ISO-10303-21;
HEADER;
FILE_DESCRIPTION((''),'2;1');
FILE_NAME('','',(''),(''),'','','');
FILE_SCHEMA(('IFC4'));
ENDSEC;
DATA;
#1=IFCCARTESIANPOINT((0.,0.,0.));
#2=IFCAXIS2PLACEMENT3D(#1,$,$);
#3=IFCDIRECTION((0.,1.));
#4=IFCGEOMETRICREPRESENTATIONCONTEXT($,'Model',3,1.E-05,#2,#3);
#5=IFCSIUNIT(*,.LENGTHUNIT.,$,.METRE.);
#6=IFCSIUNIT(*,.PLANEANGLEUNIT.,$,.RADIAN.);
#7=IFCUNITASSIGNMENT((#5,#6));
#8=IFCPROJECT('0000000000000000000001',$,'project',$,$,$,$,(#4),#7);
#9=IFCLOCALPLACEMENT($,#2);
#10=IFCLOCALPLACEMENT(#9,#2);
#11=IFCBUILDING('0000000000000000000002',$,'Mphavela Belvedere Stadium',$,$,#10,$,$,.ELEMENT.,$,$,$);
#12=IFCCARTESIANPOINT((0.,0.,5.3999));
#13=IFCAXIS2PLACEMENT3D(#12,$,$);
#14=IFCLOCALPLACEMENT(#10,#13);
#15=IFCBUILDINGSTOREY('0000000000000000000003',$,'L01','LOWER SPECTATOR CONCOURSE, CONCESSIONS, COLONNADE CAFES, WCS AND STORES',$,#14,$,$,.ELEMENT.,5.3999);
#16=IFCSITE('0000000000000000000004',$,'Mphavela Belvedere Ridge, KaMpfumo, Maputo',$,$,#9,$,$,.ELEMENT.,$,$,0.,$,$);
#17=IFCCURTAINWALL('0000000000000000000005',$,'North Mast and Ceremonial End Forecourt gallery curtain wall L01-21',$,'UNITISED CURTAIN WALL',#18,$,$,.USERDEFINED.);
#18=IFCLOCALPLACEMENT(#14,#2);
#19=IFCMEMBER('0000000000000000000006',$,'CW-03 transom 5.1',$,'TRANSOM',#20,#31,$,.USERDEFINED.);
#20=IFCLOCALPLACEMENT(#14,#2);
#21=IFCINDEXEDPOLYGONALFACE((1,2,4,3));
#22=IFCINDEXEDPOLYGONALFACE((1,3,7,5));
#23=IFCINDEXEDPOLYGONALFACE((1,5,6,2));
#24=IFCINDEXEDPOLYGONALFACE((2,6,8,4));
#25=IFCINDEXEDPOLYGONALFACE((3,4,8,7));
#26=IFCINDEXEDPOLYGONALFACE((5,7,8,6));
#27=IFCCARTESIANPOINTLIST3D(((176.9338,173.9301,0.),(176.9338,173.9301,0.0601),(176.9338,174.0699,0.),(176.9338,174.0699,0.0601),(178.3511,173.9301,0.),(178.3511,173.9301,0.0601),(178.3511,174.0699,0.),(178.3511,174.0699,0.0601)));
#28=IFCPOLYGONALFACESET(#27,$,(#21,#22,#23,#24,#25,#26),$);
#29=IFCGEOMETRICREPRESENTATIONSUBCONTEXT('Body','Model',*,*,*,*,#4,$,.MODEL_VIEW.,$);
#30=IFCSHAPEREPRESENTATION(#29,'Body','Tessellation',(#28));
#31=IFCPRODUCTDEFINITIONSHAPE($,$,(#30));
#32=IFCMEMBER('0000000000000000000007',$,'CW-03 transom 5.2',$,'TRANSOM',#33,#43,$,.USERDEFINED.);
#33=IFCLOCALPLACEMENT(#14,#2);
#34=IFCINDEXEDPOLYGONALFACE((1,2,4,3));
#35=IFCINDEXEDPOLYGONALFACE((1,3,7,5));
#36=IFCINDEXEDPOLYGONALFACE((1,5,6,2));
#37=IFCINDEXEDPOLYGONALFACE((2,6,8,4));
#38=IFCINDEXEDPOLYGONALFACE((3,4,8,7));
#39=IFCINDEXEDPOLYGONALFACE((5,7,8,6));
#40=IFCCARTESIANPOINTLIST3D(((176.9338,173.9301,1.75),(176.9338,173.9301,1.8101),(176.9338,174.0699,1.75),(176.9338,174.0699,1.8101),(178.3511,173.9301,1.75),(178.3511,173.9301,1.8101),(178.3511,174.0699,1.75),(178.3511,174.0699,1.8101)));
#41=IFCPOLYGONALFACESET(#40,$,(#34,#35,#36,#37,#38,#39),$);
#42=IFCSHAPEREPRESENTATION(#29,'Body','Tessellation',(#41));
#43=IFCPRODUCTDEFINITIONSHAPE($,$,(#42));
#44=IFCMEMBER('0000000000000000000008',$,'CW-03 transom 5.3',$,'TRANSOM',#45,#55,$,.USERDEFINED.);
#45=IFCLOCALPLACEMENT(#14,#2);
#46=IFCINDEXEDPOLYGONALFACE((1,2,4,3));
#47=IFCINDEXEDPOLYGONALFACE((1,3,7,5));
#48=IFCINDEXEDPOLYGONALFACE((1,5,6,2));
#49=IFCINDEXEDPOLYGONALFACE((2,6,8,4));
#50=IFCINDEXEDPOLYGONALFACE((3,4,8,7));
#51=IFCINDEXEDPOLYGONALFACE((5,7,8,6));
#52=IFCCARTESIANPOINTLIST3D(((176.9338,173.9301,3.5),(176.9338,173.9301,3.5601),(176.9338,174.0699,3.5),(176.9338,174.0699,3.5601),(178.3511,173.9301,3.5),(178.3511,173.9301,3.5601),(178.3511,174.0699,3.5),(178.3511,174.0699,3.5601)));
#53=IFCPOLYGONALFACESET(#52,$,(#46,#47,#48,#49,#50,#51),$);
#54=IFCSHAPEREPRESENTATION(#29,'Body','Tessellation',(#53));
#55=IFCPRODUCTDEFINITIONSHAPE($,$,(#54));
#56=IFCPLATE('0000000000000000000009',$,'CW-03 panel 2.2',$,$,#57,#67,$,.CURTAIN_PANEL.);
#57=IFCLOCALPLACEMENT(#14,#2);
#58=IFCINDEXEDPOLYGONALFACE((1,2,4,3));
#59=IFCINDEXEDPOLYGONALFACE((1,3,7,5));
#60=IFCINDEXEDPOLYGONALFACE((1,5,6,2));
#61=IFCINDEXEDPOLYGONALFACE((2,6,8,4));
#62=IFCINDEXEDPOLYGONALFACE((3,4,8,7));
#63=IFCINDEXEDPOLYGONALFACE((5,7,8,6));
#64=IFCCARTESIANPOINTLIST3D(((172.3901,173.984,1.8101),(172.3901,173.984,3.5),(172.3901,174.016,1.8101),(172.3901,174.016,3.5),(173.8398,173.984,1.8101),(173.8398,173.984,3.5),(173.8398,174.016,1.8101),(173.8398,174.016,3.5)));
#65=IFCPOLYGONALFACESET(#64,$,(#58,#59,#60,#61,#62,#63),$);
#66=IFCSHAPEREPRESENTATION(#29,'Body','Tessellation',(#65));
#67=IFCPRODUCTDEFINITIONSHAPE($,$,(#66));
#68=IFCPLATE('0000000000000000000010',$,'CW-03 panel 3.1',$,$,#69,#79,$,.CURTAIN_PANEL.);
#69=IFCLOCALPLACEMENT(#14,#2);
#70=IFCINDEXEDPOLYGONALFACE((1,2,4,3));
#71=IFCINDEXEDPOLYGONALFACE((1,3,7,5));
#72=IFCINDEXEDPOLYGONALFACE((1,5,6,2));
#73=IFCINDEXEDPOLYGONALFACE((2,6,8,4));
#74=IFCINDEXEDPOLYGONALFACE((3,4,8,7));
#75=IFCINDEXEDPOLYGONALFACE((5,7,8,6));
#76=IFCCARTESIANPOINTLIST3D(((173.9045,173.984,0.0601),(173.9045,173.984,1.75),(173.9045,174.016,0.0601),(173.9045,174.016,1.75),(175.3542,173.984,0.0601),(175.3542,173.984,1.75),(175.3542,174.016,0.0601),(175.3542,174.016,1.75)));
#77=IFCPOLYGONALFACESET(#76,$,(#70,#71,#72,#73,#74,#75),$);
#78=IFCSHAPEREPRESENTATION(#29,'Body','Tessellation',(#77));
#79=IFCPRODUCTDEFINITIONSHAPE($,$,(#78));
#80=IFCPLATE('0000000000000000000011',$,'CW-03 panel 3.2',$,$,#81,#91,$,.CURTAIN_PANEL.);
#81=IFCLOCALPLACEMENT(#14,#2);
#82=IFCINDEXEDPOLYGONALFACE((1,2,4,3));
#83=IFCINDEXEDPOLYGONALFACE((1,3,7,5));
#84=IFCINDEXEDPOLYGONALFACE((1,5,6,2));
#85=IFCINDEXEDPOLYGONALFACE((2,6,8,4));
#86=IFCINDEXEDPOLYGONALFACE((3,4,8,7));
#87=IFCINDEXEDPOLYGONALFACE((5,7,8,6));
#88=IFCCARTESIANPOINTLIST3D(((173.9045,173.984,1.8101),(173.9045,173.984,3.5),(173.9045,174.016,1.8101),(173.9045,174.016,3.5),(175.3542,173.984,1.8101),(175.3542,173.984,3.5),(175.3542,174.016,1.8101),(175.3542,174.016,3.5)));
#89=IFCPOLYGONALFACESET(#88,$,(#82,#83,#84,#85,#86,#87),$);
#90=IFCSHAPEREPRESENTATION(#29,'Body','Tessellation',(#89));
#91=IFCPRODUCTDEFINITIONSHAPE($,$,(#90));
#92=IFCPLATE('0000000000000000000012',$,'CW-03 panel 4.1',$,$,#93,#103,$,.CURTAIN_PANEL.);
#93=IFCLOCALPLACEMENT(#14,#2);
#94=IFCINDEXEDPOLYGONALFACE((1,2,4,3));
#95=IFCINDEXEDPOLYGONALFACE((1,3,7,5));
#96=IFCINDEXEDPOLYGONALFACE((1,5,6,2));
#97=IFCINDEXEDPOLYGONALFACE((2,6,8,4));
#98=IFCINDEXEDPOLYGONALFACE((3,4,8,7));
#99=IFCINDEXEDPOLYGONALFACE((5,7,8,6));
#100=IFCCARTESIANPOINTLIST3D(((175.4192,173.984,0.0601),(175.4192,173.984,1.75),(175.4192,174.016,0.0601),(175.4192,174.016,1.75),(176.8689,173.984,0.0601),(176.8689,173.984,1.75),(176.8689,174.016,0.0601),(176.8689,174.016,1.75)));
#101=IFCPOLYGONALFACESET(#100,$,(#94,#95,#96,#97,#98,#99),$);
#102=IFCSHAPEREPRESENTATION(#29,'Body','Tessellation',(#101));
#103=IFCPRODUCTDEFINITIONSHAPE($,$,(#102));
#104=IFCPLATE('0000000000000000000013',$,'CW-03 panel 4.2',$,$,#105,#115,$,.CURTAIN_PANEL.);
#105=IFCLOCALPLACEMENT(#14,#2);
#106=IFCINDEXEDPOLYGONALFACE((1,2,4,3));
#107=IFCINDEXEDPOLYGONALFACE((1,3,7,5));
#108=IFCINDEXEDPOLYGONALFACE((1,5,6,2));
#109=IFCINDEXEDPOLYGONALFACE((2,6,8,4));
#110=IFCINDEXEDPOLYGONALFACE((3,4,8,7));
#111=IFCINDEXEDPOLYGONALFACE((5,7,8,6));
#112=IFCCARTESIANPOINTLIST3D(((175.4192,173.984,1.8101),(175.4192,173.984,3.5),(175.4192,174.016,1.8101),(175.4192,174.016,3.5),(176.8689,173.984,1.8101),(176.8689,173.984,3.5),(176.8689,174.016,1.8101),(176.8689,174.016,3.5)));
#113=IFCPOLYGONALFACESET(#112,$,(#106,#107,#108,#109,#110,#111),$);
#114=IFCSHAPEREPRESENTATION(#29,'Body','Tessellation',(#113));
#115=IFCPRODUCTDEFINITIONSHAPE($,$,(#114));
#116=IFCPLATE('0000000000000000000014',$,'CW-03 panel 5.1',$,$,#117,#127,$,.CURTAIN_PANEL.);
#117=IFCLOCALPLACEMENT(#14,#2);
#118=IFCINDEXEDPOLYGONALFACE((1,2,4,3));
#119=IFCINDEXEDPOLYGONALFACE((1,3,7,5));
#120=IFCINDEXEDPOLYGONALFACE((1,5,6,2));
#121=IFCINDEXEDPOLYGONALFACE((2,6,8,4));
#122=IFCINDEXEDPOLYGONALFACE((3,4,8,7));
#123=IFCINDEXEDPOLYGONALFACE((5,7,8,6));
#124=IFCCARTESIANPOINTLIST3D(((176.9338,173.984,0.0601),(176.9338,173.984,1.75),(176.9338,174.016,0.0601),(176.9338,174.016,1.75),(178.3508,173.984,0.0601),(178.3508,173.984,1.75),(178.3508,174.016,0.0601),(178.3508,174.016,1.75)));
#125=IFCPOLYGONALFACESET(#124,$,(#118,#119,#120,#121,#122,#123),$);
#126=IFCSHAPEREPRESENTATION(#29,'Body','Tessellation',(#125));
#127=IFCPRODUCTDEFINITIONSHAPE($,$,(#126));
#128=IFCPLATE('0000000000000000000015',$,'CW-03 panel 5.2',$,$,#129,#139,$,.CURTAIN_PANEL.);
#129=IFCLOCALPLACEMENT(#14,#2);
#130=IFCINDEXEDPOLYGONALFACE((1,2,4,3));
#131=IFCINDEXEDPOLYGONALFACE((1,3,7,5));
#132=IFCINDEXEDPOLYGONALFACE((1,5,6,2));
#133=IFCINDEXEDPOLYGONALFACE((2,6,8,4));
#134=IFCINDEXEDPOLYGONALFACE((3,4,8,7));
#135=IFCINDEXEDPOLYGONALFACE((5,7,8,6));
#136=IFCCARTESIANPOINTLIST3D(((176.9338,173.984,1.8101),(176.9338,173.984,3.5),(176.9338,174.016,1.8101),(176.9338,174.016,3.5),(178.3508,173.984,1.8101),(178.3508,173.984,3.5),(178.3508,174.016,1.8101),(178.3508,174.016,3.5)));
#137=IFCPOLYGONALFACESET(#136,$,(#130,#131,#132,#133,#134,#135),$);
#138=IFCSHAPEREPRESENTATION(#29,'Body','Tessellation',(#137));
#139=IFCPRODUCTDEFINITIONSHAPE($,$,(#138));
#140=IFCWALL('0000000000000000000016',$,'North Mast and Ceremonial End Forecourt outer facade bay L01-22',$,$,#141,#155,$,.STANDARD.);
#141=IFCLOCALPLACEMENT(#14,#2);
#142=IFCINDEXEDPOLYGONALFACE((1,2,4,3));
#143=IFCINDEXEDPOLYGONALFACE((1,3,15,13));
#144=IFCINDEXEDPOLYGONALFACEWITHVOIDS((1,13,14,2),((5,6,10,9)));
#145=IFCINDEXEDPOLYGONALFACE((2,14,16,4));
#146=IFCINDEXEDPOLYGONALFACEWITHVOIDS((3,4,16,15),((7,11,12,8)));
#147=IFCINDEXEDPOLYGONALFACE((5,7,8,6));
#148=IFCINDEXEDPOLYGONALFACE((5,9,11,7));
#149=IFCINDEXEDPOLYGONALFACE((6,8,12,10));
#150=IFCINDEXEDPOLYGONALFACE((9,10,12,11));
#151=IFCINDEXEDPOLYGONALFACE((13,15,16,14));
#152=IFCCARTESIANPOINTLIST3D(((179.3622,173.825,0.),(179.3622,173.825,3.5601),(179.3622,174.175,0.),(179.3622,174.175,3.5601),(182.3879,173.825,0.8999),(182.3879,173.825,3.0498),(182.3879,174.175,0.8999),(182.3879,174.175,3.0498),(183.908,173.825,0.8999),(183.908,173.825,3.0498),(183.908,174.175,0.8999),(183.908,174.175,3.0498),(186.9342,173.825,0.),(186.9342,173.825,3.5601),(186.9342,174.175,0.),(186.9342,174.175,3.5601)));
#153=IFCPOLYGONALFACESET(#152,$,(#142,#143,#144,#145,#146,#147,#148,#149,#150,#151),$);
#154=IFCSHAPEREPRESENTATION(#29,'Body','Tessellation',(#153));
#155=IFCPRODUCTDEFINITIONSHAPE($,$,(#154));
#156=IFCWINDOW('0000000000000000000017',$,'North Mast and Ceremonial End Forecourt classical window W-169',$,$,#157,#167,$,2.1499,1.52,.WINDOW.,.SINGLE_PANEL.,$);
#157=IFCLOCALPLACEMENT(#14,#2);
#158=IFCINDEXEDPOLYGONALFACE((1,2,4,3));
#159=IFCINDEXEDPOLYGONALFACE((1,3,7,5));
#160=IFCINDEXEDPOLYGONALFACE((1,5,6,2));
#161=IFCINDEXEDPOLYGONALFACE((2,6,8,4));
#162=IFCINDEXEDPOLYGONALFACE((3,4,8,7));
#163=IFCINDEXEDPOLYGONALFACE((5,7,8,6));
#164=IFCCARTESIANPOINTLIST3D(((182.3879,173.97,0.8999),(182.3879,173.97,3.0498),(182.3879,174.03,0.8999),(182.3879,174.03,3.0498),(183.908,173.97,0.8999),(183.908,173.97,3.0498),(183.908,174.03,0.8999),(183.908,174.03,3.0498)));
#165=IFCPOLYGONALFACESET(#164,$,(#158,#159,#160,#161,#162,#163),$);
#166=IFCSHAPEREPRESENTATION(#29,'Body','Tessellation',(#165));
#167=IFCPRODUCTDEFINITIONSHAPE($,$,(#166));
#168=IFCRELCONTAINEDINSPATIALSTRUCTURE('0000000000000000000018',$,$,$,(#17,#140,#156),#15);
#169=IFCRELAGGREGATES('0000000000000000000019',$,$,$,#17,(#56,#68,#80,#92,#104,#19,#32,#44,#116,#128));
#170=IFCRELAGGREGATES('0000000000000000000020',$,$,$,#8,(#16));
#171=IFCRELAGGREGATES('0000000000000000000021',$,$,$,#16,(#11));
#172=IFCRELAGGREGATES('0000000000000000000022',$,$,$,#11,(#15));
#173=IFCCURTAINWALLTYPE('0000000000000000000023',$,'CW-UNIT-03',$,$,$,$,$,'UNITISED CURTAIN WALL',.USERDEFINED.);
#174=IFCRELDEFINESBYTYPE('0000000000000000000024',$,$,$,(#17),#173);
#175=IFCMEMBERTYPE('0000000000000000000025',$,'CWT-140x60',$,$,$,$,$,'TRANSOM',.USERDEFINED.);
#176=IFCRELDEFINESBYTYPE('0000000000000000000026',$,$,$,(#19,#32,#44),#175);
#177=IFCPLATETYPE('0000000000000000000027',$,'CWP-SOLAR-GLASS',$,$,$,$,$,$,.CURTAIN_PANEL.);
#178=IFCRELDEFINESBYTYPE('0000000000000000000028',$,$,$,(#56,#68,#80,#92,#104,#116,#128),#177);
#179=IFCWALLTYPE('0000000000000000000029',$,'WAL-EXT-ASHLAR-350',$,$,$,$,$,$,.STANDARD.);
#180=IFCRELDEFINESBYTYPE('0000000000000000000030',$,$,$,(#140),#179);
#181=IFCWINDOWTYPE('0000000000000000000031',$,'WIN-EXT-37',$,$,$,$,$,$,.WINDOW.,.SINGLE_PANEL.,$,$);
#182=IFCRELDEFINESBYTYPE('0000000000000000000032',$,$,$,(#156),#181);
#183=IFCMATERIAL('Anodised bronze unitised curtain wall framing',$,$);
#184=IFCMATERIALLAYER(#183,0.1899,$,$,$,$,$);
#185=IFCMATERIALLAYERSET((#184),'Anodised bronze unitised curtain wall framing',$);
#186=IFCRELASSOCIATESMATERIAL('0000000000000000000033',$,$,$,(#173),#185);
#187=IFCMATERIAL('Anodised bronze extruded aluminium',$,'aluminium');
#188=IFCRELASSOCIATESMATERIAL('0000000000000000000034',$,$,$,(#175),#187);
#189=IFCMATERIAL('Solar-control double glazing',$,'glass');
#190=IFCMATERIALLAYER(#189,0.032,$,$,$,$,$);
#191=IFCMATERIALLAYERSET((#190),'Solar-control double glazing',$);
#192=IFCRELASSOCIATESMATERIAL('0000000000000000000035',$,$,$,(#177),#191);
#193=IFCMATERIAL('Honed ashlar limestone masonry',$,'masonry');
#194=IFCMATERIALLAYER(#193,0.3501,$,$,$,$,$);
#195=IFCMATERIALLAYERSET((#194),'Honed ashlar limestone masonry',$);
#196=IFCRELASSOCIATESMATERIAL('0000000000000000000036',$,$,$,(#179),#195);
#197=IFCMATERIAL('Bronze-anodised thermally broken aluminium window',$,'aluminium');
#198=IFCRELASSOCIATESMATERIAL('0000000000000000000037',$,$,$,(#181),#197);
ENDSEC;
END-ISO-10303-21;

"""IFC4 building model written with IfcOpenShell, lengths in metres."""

from ifc_helpers import new_model, si_unit, direction, frame, frame_2d, origin, origin_2d, place, context, subcontext, project, spatial, rectangle, extrude, material, layer, layer_set, material_profile, profile_set, type_object, element, fill, aggregate, save


model = new_model("IFC4")

# Units and contexts
model_context = context("Model", 3, precision=1e-05, world=origin(), true_north=direction((0.0, 1.0)))
body_context = subcontext(model_context, "Body", "Model", "MODEL_VIEW")
ifc_project = project(units=[si_unit("LENGTHUNIT", "METRE"), si_unit("PLANEANGLEUNIT", "RADIAN")], contexts=[model_context])

# Site, building, storey
site_placement = place(None, origin())
site = spatial("IfcSite", under=ifc_project, at=site_placement, Name="Mphavela Belvedere Ridge, KaMpfumo, Maputo", CompositionType="ELEMENT", RefElevation=0.0)
building_placement = place(site_placement, origin())
building = spatial("IfcBuilding", under=site, at=building_placement, Name="Mphavela Belvedere Stadium", CompositionType="ELEMENT")
storey_placement = place(building_placement, frame((0.0, 0.0, 5.3999)))
storey = spatial("IfcBuildingStorey", under=building, at=storey_placement, Name="L01", Description="LOWER SPECTATOR CONCOURSE, CONCESSIONS, COLONNADE CAFES, WCS AND STORES", CompositionType="ELEMENT", Elevation=5.3999)

# Curtain wall, members, plates
ifc_material_1 = material(Name="Anodised bronze unitised curtain wall framing")
ifc_layer_1 = layer(ifc_material_1, 0.1899)
ifc_layer_set_1 = layer_set([ifc_layer_1], Name="Anodised bronze unitised curtain wall framing")
curtain_wall_type = type_object("IfcCurtainWallType", Name="CW-UNIT-03", ElementType="UNITISED CURTAIN WALL", PredefinedType="USERDEFINED", material=ifc_layer_set_1)
curtain_wall_placement = place(storey_placement, origin())
curtain_wall = element("IfcCurtainWall", 1, at=curtain_wall_placement, inside=storey, type_object=curtain_wall_type, Name="North Mast and Ceremonial End Forecourt gallery curtain wall L01-21", ObjectType="UNITISED CURTAIN WALL", PredefinedType="USERDEFINED")
ifc_material_2 = material(Name="Anodised bronze extruded aluminium", Category="aluminium")
ifc_material_profile_1 = material_profile(ifc_material_2, rectangle(XDim=0.1399, YDim=0.0601, at=origin_2d()), Name="CW-TRN 140x60")
ifc_profile_set_1 = profile_set([ifc_material_profile_1], Name="Anodised bronze extruded aluminium")
member_type_1 = type_object("IfcMemberType", Name="CWT-140x60", ElementType="TRANSOM", PredefinedType="USERDEFINED", material=ifc_profile_set_1)
member_1_placement = place(storey_placement, frame((176.9338, 174.0, 0.03), z_axis=(1.0, 0.0, 0.0), x_axis=(0.0, 1.0, 0.0)))
member_1 = element("IfcMember", 2, at=member_1_placement, type_object=member_type_1, Name="CW-03 transom 5.1", ObjectType="TRANSOM", PredefinedType="USERDEFINED", context=body_context, shape_type="SweptSolid", body=[
    extrude(rectangle(XDim=0.1399, YDim=0.0601, at=origin_2d()), origin(), (0.0, 0.0, 1.0), 1.4172),
])
member_2_placement = place(storey_placement, frame((176.9338, 174.0, 1.78), z_axis=(1.0, 0.0, 0.0), x_axis=(0.0, 1.0, 0.0)))
member_2 = element("IfcMember", 3, at=member_2_placement, type_object=member_type_1, Name="CW-03 transom 5.2", ObjectType="TRANSOM", PredefinedType="USERDEFINED", context=body_context, shape_type="SweptSolid", body=[
    extrude(rectangle(XDim=0.1399, YDim=0.0601, at=origin_2d()), origin(), (0.0, 0.0, 1.0), 1.4172),
])
member_3_placement = place(storey_placement, frame((176.9338, 174.0, 3.53), z_axis=(1.0, 0.0, 0.0), x_axis=(0.0, 1.0, 0.0)))
member_3 = element("IfcMember", 4, at=member_3_placement, type_object=member_type_1, Name="CW-03 transom 5.3", ObjectType="TRANSOM", PredefinedType="USERDEFINED", context=body_context, shape_type="SweptSolid", body=[
    extrude(rectangle(XDim=0.1399, YDim=0.0601, at=origin_2d()), origin(), (0.0, 0.0, 1.0), 1.4172),
])
ifc_material_3 = material(Name="Solar-control double glazing", Category="glass")
ifc_layer_2 = layer(ifc_material_3, 0.032)
ifc_layer_set_2 = layer_set([ifc_layer_2], Name="Solar-control double glazing")
plate_type = type_object("IfcPlateType", Name="CWP-SOLAR-GLASS", PredefinedType="CURTAIN_PANEL", material=ifc_layer_set_2)
plate_1_placement = place(storey_placement, frame((173.115, 174.0, 1.8101), z_axis=(0.0, 0.0, 1.0), x_axis=(1.0, 0.0, 0.0)))
plate_1 = element("IfcPlate", 5, at=plate_1_placement, type_object=plate_type, Name="CW-03 panel 2.2", PredefinedType="CURTAIN_PANEL", context=body_context, shape_type="SweptSolid", body=[
    extrude(rectangle(XDim=1.4497, YDim=0.032, at=origin_2d()), origin(), (0.0, 0.0, 1.0), 1.6899),
])
plate_2_placement = place(storey_placement, frame((174.6294, 174.0, 0.0601), z_axis=(0.0, 0.0, 1.0), x_axis=(1.0, 0.0, 0.0)))
plate_2 = element("IfcPlate", 6, at=plate_2_placement, type_object=plate_type, Name="CW-03 panel 3.1", PredefinedType="CURTAIN_PANEL", context=body_context, shape_type="SweptSolid", body=[
    extrude(rectangle(XDim=1.4497, YDim=0.032, at=origin_2d()), origin(), (0.0, 0.0, 1.0), 1.6899),
])
plate_3_placement = place(storey_placement, frame((174.6294, 174.0, 1.8101), z_axis=(0.0, 0.0, 1.0), x_axis=(1.0, 0.0, 0.0)))
plate_3 = element("IfcPlate", 7, at=plate_3_placement, type_object=plate_type, Name="CW-03 panel 3.2", PredefinedType="CURTAIN_PANEL", context=body_context, shape_type="SweptSolid", body=[
    extrude(rectangle(XDim=1.4497, YDim=0.032, at=origin_2d()), origin(), (0.0, 0.0, 1.0), 1.6899),
])
plate_4_placement = place(storey_placement, frame((176.144, 174.0, 0.0601), z_axis=(0.0, 0.0, 1.0), x_axis=(1.0, 0.0, 0.0)))
plate_4 = element("IfcPlate", 8, at=plate_4_placement, type_object=plate_type, Name="CW-03 panel 4.1", PredefinedType="CURTAIN_PANEL", context=body_context, shape_type="SweptSolid", body=[
    extrude(rectangle(XDim=1.4497, YDim=0.032, at=origin_2d()), origin(), (0.0, 0.0, 1.0), 1.6899),
])
plate_5_placement = place(storey_placement, frame((176.144, 174.0, 1.8101), z_axis=(0.0, 0.0, 1.0), x_axis=(1.0, 0.0, 0.0)))
plate_5 = element("IfcPlate", 9, at=plate_5_placement, type_object=plate_type, Name="CW-03 panel 4.2", PredefinedType="CURTAIN_PANEL", context=body_context, shape_type="SweptSolid", body=[
    extrude(rectangle(XDim=1.4497, YDim=0.032, at=origin_2d()), origin(), (0.0, 0.0, 1.0), 1.6899),
])
plate_6_placement = place(storey_placement, frame((177.6423, 174.0, 0.0601), z_axis=(0.0, 0.0, 1.0), x_axis=(1.0, 0.0, 0.0)))
plate_6 = element("IfcPlate", 10, at=plate_6_placement, type_object=plate_type, Name="CW-03 panel 5.1", PredefinedType="CURTAIN_PANEL", context=body_context, shape_type="SweptSolid", body=[
    extrude(rectangle(XDim=1.417, YDim=0.032, at=origin_2d()), origin(), (0.0, 0.0, 1.0), 1.6899),
])
plate_7_placement = place(storey_placement, frame((177.6423, 174.0, 1.8101), z_axis=(0.0, 0.0, 1.0), x_axis=(1.0, 0.0, 0.0)))
plate_7 = element("IfcPlate", 11, at=plate_7_placement, type_object=plate_type, Name="CW-03 panel 5.2", PredefinedType="CURTAIN_PANEL", context=body_context, shape_type="SweptSolid", body=[
    extrude(rectangle(XDim=1.417, YDim=0.032, at=origin_2d()), origin(), (0.0, 0.0, 1.0), 1.6899),
])
aggregate(curtain_wall, [plate_1, plate_2, plate_3, plate_4, plate_5, member_1, member_2, member_3, plate_6, plate_7])

# Wall, opening, window
ifc_material_4 = material(Name="Honed ashlar limestone masonry", Category="masonry")
ifc_layer_3 = layer(ifc_material_4, 0.3501)
ifc_layer_set_3 = layer_set([ifc_layer_3], Name="Honed ashlar limestone masonry")
wall_type_1 = type_object("IfcWallType", Name="WAL-EXT-ASHLAR-350", PredefinedType="STANDARD", material=ifc_layer_set_3)
wall_1_placement = place(storey_placement, frame((179.3621, 174.0, 0.0), z_axis=(0.0, 0.0, 1.0), x_axis=(1.0, 0.0, 0.0)))
wall_1 = element("IfcWall", 12, at=wall_1_placement, inside=storey, type_object=wall_type_1, Name="North Mast and Ceremonial End Forecourt outer facade bay L01-22", PredefinedType="STANDARD", context=body_context, shape_type="SweptSolid", body=[
    extrude(rectangle(XDim=7.572, YDim=0.3501, at=frame_2d((3.7861, 0.0))), origin(), (0.0, 0.0, 1.0), 3.5601),
])
opening_1_placement = place(wall_1_placement, frame((3.0259, 0.0, 0.8999)))
opening_1 = element("IfcOpeningElement", 13, at=opening_1_placement, cuts=wall_1, PredefinedType="OPENING", context=body_context, shape_type="SweptSolid", body=[
    extrude(rectangle(XDim=1.52, YDim=2.1499, at=frame_2d((0.76, 1.075))), frame((0.0, 0.1851, 0.0), z_axis=(0.0, -1.0, 0.0), x_axis=(1.0, 0.0, 0.0)), (0.0, 0.0, 1.0), 0.3701),
])
ifc_material_5 = material(Name="Bronze-anodised thermally broken aluminium window", Category="aluminium")
window_type = type_object("IfcWindowType", Name="WIN-EXT-37", PartitioningType="SINGLE_PANEL", PredefinedType="WINDOW", material=ifc_material_5)
window_placement = place(opening_1_placement, origin())
window = element("IfcWindow", 14, at=window_placement, inside=storey, type_object=window_type, Name="North Mast and Ceremonial End Forecourt classical window W-169", OverallHeight=2.1499, OverallWidth=1.52, PartitioningType="SINGLE_PANEL", PredefinedType="WINDOW", context=body_context, shape_type="SweptSolid", body=[
    extrude(rectangle(XDim=1.52, YDim=2.1499, at=frame_2d((0.76, 1.075))), frame((0.0, 0.03, 0.0), z_axis=(0.0, -1.0, 0.0), x_axis=(1.0, 0.0, 0.0)), (0.0, 0.0, 1.0), 0.0601),
])
fill(opening_1, window)

save(model, "model.ifc")
